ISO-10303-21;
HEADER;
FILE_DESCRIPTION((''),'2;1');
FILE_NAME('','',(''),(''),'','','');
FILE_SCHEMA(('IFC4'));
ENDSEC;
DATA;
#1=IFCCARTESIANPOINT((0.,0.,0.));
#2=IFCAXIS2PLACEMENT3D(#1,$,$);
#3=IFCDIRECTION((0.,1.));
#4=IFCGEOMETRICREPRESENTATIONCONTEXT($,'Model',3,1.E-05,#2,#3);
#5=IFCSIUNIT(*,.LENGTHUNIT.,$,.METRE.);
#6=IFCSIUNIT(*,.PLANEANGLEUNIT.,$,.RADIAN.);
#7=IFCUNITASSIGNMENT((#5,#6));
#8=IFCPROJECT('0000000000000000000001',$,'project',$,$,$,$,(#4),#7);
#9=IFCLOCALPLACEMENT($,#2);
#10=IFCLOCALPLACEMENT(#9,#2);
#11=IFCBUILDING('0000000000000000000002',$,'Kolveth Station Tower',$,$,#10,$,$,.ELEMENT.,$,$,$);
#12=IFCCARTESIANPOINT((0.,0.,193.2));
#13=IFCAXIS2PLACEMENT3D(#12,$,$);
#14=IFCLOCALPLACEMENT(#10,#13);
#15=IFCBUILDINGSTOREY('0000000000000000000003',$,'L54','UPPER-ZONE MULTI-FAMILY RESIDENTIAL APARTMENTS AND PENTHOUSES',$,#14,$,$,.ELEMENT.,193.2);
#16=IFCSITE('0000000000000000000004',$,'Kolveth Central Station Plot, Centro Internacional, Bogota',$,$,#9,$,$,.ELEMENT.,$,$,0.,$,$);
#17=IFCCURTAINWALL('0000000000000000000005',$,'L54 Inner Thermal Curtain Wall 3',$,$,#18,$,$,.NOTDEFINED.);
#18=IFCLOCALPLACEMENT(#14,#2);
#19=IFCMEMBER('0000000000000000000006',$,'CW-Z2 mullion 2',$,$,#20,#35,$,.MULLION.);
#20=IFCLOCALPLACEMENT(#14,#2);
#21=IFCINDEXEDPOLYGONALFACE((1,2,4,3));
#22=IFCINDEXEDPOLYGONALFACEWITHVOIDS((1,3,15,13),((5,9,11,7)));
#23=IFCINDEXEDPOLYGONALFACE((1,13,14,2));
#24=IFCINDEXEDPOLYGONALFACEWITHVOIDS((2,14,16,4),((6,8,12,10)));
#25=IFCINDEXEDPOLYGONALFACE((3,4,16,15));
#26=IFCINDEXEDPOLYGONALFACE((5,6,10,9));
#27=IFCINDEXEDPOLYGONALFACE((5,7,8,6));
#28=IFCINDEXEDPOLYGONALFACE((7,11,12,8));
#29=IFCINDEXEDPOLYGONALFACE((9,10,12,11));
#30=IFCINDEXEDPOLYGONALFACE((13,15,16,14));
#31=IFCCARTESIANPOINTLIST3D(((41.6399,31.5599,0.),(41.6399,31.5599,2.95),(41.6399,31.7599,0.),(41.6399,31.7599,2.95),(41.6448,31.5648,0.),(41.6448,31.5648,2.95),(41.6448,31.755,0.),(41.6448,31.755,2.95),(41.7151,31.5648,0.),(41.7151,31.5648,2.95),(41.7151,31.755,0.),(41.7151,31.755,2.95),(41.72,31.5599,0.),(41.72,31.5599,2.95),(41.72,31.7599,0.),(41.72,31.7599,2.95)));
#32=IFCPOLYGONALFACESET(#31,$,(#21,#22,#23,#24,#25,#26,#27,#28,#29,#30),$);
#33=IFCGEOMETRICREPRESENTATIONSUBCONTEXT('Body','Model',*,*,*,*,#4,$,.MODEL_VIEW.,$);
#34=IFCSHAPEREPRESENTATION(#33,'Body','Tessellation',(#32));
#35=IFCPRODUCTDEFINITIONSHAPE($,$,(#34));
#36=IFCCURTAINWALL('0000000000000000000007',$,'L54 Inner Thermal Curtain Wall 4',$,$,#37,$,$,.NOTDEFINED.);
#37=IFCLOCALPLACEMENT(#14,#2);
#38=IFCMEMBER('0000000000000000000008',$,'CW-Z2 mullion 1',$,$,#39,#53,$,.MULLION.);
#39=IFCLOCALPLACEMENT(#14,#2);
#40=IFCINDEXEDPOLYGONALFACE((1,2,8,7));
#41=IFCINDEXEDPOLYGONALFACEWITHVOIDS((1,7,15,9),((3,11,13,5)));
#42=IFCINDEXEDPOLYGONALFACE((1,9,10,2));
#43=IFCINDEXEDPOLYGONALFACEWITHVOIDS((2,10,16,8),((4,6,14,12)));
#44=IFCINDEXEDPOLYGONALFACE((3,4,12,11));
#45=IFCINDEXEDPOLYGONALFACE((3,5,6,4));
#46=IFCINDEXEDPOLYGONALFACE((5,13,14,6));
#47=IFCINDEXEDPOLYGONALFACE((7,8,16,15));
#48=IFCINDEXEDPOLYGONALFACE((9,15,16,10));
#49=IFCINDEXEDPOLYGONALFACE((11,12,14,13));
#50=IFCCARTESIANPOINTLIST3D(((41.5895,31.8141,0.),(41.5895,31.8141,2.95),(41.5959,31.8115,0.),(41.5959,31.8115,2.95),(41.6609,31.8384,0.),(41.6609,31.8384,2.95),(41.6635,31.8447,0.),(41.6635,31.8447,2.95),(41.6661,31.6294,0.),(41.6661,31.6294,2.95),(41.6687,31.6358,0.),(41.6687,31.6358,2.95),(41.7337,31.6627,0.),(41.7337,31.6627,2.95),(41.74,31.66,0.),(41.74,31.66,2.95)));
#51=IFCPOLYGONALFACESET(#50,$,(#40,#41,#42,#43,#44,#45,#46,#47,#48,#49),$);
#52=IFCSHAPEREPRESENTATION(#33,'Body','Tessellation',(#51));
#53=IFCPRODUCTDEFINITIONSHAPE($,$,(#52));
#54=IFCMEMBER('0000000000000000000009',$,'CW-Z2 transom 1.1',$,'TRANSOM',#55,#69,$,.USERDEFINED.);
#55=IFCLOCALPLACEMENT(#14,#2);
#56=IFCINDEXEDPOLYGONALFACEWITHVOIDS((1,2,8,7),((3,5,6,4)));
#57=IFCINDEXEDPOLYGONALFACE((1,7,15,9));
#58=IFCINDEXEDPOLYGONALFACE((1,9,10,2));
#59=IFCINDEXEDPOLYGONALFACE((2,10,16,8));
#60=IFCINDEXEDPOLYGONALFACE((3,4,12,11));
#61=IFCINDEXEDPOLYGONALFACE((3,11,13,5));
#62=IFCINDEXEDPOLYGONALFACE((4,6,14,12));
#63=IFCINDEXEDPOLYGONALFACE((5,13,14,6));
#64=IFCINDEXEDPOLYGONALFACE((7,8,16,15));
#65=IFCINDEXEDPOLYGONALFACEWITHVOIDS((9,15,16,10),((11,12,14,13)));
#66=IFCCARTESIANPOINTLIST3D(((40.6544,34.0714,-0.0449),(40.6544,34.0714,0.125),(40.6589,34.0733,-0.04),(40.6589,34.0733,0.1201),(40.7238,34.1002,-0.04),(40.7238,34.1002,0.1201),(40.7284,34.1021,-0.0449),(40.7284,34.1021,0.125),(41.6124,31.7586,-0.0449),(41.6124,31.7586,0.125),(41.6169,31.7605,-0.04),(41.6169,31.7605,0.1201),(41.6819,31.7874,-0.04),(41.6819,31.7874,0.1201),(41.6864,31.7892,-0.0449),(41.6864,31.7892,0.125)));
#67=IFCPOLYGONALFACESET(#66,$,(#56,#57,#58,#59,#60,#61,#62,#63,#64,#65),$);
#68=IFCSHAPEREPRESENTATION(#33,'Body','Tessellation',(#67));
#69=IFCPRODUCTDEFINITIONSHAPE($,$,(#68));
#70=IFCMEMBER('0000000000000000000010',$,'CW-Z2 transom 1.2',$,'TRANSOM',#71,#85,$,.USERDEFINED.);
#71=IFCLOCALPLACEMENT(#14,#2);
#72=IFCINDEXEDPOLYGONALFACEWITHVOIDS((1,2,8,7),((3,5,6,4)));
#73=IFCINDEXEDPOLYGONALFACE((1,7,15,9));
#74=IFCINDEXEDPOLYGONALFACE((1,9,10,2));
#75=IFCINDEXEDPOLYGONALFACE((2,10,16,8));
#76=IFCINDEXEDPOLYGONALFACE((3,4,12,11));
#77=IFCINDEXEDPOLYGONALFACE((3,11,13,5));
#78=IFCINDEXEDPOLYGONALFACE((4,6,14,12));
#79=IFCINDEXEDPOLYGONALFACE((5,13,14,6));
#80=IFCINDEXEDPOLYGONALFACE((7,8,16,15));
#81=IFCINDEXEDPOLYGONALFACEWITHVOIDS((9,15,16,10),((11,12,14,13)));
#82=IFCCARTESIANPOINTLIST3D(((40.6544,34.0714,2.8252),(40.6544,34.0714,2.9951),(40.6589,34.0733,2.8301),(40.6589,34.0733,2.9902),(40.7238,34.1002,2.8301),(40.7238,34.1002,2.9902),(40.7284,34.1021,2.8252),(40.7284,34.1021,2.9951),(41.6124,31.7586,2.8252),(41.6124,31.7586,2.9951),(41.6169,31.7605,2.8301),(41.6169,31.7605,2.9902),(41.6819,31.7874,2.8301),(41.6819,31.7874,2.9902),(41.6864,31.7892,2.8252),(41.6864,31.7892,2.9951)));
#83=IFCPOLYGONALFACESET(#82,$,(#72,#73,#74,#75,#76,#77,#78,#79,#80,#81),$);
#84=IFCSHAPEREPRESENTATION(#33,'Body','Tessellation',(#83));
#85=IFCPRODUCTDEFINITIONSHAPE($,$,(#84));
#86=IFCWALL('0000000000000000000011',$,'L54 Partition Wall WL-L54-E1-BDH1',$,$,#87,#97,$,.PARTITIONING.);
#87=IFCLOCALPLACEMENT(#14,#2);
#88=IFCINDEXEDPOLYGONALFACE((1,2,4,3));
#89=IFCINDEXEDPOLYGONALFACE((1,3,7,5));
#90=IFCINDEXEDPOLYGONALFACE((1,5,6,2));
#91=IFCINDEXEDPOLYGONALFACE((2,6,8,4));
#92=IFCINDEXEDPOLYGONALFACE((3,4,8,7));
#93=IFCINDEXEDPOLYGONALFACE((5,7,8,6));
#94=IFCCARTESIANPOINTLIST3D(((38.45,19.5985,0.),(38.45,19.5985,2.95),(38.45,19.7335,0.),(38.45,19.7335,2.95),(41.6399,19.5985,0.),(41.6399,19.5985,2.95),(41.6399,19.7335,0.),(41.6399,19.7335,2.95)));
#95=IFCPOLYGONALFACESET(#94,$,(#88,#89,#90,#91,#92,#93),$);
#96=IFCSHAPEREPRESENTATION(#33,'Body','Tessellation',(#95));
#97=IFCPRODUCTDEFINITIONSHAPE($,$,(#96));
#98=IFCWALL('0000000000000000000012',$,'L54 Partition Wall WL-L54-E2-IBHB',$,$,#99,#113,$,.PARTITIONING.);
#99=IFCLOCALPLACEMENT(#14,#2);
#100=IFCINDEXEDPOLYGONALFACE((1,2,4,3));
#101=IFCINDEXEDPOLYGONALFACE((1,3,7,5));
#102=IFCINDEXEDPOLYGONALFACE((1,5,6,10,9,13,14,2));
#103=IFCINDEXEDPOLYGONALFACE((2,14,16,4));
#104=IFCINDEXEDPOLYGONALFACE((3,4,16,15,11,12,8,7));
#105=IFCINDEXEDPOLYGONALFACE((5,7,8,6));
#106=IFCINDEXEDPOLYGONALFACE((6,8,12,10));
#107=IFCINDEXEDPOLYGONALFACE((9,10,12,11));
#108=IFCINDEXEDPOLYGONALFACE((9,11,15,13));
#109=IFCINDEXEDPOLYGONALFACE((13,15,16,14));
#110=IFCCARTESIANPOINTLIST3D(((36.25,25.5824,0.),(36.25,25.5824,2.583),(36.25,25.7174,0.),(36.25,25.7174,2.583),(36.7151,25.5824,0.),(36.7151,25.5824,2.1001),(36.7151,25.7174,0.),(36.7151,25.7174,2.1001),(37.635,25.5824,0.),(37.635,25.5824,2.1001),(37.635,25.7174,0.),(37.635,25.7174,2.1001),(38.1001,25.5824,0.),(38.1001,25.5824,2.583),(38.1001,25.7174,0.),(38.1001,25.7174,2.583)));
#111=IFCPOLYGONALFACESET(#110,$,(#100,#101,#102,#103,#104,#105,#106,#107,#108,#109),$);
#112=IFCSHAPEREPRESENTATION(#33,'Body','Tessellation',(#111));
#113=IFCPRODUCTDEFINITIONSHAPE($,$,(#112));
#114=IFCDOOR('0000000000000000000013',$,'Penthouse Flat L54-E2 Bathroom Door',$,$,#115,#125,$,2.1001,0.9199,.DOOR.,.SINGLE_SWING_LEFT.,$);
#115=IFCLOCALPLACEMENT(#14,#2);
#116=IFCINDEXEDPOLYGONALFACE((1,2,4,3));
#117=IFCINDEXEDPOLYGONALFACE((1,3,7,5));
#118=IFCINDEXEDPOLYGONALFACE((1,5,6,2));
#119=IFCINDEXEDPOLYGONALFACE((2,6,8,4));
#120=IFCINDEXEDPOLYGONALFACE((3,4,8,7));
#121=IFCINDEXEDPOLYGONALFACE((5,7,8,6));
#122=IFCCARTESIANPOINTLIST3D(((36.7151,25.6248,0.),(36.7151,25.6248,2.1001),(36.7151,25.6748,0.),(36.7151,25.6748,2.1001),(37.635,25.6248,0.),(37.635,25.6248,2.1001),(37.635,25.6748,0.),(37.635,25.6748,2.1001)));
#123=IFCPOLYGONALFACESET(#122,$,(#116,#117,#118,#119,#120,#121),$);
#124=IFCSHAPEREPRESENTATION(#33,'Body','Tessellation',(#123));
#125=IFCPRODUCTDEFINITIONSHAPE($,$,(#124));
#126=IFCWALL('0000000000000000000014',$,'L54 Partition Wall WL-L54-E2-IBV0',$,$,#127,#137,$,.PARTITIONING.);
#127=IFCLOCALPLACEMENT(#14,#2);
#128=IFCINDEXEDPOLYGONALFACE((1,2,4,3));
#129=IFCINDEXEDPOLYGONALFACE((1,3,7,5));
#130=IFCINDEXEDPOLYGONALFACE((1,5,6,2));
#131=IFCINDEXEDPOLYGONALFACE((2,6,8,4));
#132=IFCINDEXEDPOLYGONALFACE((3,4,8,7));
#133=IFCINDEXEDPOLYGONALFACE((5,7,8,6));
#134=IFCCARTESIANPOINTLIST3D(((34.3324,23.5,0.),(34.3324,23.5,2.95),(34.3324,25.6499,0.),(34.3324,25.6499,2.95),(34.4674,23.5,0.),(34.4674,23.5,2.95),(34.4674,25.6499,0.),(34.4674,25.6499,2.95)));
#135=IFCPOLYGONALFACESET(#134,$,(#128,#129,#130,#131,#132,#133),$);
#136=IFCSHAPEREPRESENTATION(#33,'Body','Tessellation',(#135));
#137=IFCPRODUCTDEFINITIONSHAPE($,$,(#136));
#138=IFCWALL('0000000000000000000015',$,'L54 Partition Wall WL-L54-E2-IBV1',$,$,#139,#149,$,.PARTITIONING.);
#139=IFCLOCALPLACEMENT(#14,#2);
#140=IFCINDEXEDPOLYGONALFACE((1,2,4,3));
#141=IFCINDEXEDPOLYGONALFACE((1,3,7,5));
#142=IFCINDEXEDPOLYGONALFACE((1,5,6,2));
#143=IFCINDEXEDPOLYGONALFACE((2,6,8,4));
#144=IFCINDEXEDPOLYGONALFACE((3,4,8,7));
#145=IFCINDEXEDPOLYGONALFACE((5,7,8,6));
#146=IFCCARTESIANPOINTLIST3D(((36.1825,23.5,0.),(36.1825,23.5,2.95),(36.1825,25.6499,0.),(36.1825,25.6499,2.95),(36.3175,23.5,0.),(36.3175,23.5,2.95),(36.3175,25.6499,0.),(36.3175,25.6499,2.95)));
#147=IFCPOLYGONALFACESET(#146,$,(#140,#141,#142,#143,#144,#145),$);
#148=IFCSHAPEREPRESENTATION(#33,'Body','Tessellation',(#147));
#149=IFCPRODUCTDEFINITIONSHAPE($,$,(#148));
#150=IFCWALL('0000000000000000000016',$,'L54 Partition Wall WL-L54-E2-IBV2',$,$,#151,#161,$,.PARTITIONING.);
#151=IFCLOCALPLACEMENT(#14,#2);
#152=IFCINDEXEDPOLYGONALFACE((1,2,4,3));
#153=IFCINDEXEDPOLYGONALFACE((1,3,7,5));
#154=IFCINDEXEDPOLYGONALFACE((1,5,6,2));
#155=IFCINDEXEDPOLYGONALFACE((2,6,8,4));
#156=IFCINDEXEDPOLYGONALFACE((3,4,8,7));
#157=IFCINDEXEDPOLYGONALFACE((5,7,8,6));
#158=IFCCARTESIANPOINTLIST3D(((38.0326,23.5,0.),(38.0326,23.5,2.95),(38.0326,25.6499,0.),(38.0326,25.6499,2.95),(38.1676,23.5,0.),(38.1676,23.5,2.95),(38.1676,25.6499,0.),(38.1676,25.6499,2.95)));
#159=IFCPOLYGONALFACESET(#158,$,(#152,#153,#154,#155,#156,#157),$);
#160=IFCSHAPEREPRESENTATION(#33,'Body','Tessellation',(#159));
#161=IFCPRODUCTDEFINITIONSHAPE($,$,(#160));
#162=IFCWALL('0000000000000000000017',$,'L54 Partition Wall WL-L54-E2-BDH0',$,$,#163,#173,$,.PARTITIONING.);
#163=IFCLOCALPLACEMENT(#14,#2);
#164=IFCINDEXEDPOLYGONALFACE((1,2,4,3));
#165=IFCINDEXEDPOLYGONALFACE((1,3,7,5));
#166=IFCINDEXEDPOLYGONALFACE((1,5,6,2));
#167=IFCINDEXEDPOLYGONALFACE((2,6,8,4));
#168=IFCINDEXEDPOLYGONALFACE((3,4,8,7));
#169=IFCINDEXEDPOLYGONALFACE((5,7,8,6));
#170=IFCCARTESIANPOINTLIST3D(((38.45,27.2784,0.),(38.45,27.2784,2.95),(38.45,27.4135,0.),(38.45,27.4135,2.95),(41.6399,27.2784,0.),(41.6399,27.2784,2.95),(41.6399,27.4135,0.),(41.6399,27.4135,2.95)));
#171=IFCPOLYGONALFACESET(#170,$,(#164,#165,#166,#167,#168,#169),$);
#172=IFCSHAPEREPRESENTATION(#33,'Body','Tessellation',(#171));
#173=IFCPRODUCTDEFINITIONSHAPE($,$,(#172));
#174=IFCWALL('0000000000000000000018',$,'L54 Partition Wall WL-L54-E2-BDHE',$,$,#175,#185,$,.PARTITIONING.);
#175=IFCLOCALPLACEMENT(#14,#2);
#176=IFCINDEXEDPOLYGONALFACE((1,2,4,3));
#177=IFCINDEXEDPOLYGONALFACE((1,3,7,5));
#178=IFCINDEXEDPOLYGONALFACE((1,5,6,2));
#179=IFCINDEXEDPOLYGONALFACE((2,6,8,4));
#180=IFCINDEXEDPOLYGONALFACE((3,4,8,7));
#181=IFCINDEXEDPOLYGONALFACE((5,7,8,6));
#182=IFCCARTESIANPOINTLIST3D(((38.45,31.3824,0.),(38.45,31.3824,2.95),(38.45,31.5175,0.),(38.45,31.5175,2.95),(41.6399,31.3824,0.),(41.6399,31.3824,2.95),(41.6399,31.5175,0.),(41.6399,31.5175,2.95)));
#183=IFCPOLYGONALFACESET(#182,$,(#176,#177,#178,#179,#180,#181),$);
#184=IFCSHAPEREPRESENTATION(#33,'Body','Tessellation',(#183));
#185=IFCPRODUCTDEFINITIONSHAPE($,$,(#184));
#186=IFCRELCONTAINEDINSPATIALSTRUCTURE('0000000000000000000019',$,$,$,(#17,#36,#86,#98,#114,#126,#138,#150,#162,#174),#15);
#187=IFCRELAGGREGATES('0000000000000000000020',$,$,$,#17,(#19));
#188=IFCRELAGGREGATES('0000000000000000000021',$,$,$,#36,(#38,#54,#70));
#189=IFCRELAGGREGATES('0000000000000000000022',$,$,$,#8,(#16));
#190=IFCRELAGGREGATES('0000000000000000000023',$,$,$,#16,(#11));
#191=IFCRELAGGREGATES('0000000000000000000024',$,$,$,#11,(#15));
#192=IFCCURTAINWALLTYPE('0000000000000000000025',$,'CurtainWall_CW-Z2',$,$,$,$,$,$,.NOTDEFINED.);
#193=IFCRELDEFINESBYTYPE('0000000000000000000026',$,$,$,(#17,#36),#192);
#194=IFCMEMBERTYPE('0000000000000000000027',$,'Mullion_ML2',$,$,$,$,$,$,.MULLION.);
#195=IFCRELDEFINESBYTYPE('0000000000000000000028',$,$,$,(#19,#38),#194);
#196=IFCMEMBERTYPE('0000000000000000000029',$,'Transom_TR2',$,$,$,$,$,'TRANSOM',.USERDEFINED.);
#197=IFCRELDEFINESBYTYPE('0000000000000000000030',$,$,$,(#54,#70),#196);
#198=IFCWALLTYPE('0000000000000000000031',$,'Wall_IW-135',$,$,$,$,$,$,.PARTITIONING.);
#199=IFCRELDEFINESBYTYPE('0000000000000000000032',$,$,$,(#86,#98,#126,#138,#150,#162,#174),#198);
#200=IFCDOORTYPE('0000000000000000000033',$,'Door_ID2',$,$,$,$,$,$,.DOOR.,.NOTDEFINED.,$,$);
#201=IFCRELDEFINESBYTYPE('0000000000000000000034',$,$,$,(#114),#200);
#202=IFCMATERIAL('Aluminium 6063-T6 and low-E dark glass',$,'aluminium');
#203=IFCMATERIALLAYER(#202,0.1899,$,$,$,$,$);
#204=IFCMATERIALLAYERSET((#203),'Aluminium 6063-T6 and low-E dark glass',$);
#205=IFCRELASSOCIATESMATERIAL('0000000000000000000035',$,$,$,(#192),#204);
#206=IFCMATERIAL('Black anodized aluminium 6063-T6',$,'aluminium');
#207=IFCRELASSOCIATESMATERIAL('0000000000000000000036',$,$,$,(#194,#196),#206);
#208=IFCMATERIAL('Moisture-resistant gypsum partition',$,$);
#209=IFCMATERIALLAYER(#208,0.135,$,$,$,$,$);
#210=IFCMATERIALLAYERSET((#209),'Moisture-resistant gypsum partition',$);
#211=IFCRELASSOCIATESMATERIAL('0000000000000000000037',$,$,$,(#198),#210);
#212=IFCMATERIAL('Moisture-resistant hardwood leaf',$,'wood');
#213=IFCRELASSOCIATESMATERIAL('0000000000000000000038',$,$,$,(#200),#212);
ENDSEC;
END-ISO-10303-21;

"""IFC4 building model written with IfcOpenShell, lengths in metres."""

from ifc_helpers import new_model, si_unit, direction, frame, frame_2d, origin, origin_2d, place, context, subcontext, project, spatial, rectangle, hollow_rectangle, extrude, source, transform, mapped, material, layer, layer_set, material_profile, profile_set, type_object, element, fill, aggregate, save


model = new_model("IFC4")

# Units and contexts
model_context = context("Model", 3, precision=1e-05, world=origin(), true_north=direction((0.0, 1.0)))
body_context = subcontext(model_context, "Body", "Model", "MODEL_VIEW")
ifc_project = project(units=[si_unit("LENGTHUNIT", "METRE"), si_unit("PLANEANGLEUNIT", "RADIAN")], contexts=[model_context])

# Site, building, storey
site_placement = place(None, origin())
site = spatial("IfcSite", under=ifc_project, at=site_placement, Name="Kolveth Central Station Plot, Centro Internacional, Bogota", CompositionType="ELEMENT", RefElevation=0.0)
building_placement = place(site_placement, origin())
building = spatial("IfcBuilding", under=site, at=building_placement, Name="Kolveth Station Tower", CompositionType="ELEMENT")
storey_placement = place(building_placement, frame((0.0, 0.0, 193.2)))
storey = spatial("IfcBuildingStorey", under=building, at=storey_placement, Name="L54", Description="UPPER-ZONE MULTI-FAMILY RESIDENTIAL APARTMENTS AND PENTHOUSES", CompositionType="ELEMENT", Elevation=193.2)

# Curtain wall, member
ifc_material_1 = material(Name="Aluminium 6063-T6 and low-E dark glass", Category="aluminium")
ifc_layer_1 = layer(ifc_material_1, 0.1899)
ifc_layer_set_1 = layer_set([ifc_layer_1], Name="Aluminium 6063-T6 and low-E dark glass")
curtain_wall_type = type_object("IfcCurtainWallType", Name="CurtainWall_CW-Z2", PredefinedType="NOTDEFINED", material=ifc_layer_set_1)
curtain_wall_1_placement = place(storey_placement, origin())
curtain_wall_1 = element("IfcCurtainWall", 1, at=curtain_wall_1_placement, inside=storey, type_object=curtain_wall_type, Name="L54 Inner Thermal Curtain Wall 3", PredefinedType="NOTDEFINED")
ifc_material_2 = material(Name="Black anodized aluminium 6063-T6", Category="aluminium")
ifc_material_profile_1 = material_profile(ifc_material_2, hollow_rectangle(XDim=0.0801, YDim=0.2, WallThickness=0.0049, at=origin_2d()), Name="ALU-80x200x5")
ifc_profile_set_1 = profile_set([ifc_material_profile_1], Name="Black anodized aluminium 6063-T6")
member_type_1 = type_object("IfcMemberType", Name="Mullion_ML2", PredefinedType="MULLION", material=ifc_profile_set_1)
shared_shape_1 = source(origin(), body_context, "Body", "SweptSolid", [
    extrude(hollow_rectangle(XDim=0.0801, YDim=0.2, WallThickness=0.0049, at=origin_2d()), origin(), (0.0, 0.0, 1.0), 2.95),
])
member_1_placement = place(storey_placement, frame((41.6799, 31.6599, 0.0), z_axis=(0.0, 0.0, 1.0), x_axis=(-1.0, 0.0, 0.0)))
member_1 = element("IfcMember", 2, at=member_1_placement, type_object=member_type_1, Name="CW-Z2 mullion 2", PredefinedType="MULLION", context=body_context, shape_type="MappedRepresentation", body=[
    mapped(shared_shape_1, transform((0.0, 0.0, 0.0), x_axis=(1.0, 0.0, 0.0), y_axis=(0.0, 1.0, 0.0), z_axis=(0.0, 0.0, 1.0), scale=1.0)),
])
aggregate(curtain_wall_1, [member_1])

# Curtain wall, members
curtain_wall_2_placement = place(storey_placement, origin())
curtain_wall_2 = element("IfcCurtainWall", 3, at=curtain_wall_2_placement, inside=storey, type_object=curtain_wall_type, Name="L54 Inner Thermal Curtain Wall 4", PredefinedType="NOTDEFINED")
member_2_placement = place(storey_placement, frame((41.6648, 31.7371, 0.0), z_axis=(0.0, 0.0, 1.0), x_axis=(-0.923874, -0.382698, 0.0)))
member_2 = element("IfcMember", 4, at=member_2_placement, type_object=member_type_1, Name="CW-Z2 mullion 1", PredefinedType="MULLION", context=body_context, shape_type="MappedRepresentation", body=[
    mapped(shared_shape_1, transform((0.0, 0.0, 0.0), x_axis=(1.0, 0.0, 0.0), y_axis=(0.0, 1.0, 0.0), z_axis=(0.0, 0.0, 1.0), scale=1.0)),
])
ifc_material_profile_2 = material_profile(ifc_material_2, hollow_rectangle(XDim=0.0801, YDim=0.1699, WallThickness=0.0049, at=origin_2d()), Name="ALU-80x170x5")
ifc_profile_set_2 = profile_set([ifc_material_profile_2], Name="Black anodized aluminium 6063-T6")
member_type_2 = type_object("IfcMemberType", Name="Transom_TR2", ElementType="TRANSOM", PredefinedType="USERDEFINED", material=ifc_profile_set_2)
shared_shape_2 = source(origin(), body_context, "Body", "SweptSolid", [
    extrude(hollow_rectangle(XDim=0.0801, YDim=0.1699, WallThickness=0.0049, at=origin_2d()), origin(), (0.0, 0.0, 1.0), 2.5034),
])
member_3_placement = place(storey_placement, frame((41.6494, 31.7739, 0.04), z_axis=(-0.382696, 0.923874, 0.0), x_axis=(-0.923874, -0.382696, 0.0)))
member_3 = element("IfcMember", 5, at=member_3_placement, type_object=member_type_2, Name="CW-Z2 transom 1.1", ObjectType="TRANSOM", PredefinedType="USERDEFINED", context=body_context, shape_type="MappedRepresentation", body=[
    mapped(shared_shape_2, transform((0.0, 0.0, 0.0), x_axis=(1.0, 0.0, 0.0), y_axis=(0.0, 1.0, 0.0), z_axis=(0.0, 0.0, 1.0), scale=1.0)),
])
member_4_placement = place(storey_placement, frame((41.6494, 31.7739, 2.9102), z_axis=(-0.382696, 0.923874, 0.0), x_axis=(-0.923874, -0.382696, 0.0)))
member_4 = element("IfcMember", 6, at=member_4_placement, type_object=member_type_2, Name="CW-Z2 transom 1.2", ObjectType="TRANSOM", PredefinedType="USERDEFINED", context=body_context, shape_type="MappedRepresentation", body=[
    mapped(shared_shape_2, transform((0.0, 0.0, 0.0), x_axis=(1.0, 0.0, 0.0), y_axis=(0.0, 1.0, 0.0), z_axis=(0.0, 0.0, 1.0), scale=1.0)),
])
aggregate(curtain_wall_2, [member_2, member_3, member_4])

# Wall
ifc_material_3 = material(Name="Moisture-resistant gypsum partition")
ifc_layer_2 = layer(ifc_material_3, 0.135)
ifc_layer_set_2 = layer_set([ifc_layer_2], Name="Moisture-resistant gypsum partition")
wall_type = type_object("IfcWallType", Name="Wall_IW-135", PredefinedType="PARTITIONING", material=ifc_layer_set_2)
wall_1_placement = place(storey_placement, frame((38.45, 19.666, 0.0), z_axis=(0.0, 0.0, 1.0), x_axis=(1.0, 0.0, 0.0)))
element("IfcWall", 7, at=wall_1_placement, inside=storey, type_object=wall_type, Name="L54 Partition Wall WL-L54-E1-BDH1", PredefinedType="PARTITIONING", context=body_context, shape_type="SweptSolid", body=[
    extrude(rectangle(XDim=3.1899, YDim=0.135, at=frame_2d((1.595, 0.0))), origin(), (0.0, 0.0, 1.0), 2.95),
])

# Wall, opening, door
wall_2_placement = place(storey_placement, frame((36.25, 25.6499, 0.0), z_axis=(0.0, 0.0, 1.0), x_axis=(1.0, 0.0, 0.0)))
wall_2 = element("IfcWall", 8, at=wall_2_placement, inside=storey, type_object=wall_type, Name="L54 Partition Wall WL-L54-E2-IBHB", PredefinedType="PARTITIONING", context=body_context, shape_type="SweptSolid", body=[
    extrude(rectangle(XDim=1.8501, YDim=0.135, at=frame_2d((0.925, 0.0))), origin(), (0.0, 0.0, 1.0), 2.583),
])
opening_1_placement = place(wall_2_placement, frame((0.4651, 0.0, 0.0)))
opening_1 = element("IfcOpeningElement", 9, at=opening_1_placement, cuts=wall_2, PredefinedType="OPENING", context=body_context, shape_type="SweptSolid", body=[
    extrude(rectangle(XDim=0.9199, YDim=2.1001, at=frame_2d((0.46, 1.05))), frame((0.0, 0.0774, 0.0), z_axis=(0.0, -1.0, 0.0), x_axis=(1.0, 0.0, 0.0)), (0.0, 0.0, 1.0), 0.155),
])
ifc_material_4 = material(Name="Moisture-resistant hardwood leaf", Category="wood")
door_type_1 = type_object("IfcDoorType", Name="Door_ID2", OperationType="NOTDEFINED", PredefinedType="DOOR", material=ifc_material_4)
door_1_placement = place(opening_1_placement, origin())
door_1 = element("IfcDoor", 10, at=door_1_placement, inside=storey, type_object=door_type_1, Name="Penthouse Flat L54-E2 Bathroom Door", OperationType="SINGLE_SWING_LEFT", OverallHeight=2.1001, OverallWidth=0.9199, PredefinedType="DOOR", context=body_context, shape_type="SweptSolid", body=[
    extrude(rectangle(XDim=0.9199, YDim=2.1001, at=frame_2d((0.46, 1.05))), frame((0.0, 0.0249, 0.0), z_axis=(0.0, -1.0, 0.0), x_axis=(1.0, 0.0, 0.0)), (0.0, 0.0, 1.0), 0.05),
])
fill(opening_1, door_1)

# Walls
for number, where, z_axis, x_axis, name in (
    (11, (34.3999, 23.5, 0.0), (0.0, 0.0, 1.0), (0.0, 1.0, 0.0), "L54 Partition Wall WL-L54-E2-IBV0"),
    (12, (36.25, 23.5, 0.0), (0.0, 0.0, 1.0), (0.0, 1.0, 0.0), "L54 Partition Wall WL-L54-E2-IBV1"),
    (13, (38.1001, 23.5, 0.0), (0.0, 0.0, 1.0), (0.0, 1.0, 0.0), "L54 Partition Wall WL-L54-E2-IBV2"),
):
    element("IfcWall", number, at=place(storey_placement, frame(where, z_axis=z_axis, x_axis=x_axis)), inside=storey, type_object=wall_type, Name=name, PredefinedType="PARTITIONING", context=body_context, shape_type="SweptSolid", body=[
        extrude(rectangle(XDim=2.1499, YDim=0.135, at=frame_2d((1.075, 0.0))), origin(), (0.0, 0.0, 1.0), 2.95),
    ])
for number, where, z_axis, x_axis, name in (
    (14, (38.45, 27.3459, 0.0), (0.0, 0.0, 1.0), (1.0, 0.0, 0.0), "L54 Partition Wall WL-L54-E2-BDH0"),
    (15, (38.45, 31.45, 0.0), (0.0, 0.0, 1.0), (1.0, 0.0, 0.0), "L54 Partition Wall WL-L54-E2-BDHE"),
):
    element("IfcWall", number, at=place(storey_placement, frame(where, z_axis=z_axis, x_axis=x_axis)), inside=storey, type_object=wall_type, Name=name, PredefinedType="PARTITIONING", context=body_context, shape_type="SweptSolid", body=[
        extrude(rectangle(XDim=3.1899, YDim=0.135, at=frame_2d((1.595, 0.0))), origin(), (0.0, 0.0, 1.0), 2.95),
    ])

save(model, "model.ifc")
